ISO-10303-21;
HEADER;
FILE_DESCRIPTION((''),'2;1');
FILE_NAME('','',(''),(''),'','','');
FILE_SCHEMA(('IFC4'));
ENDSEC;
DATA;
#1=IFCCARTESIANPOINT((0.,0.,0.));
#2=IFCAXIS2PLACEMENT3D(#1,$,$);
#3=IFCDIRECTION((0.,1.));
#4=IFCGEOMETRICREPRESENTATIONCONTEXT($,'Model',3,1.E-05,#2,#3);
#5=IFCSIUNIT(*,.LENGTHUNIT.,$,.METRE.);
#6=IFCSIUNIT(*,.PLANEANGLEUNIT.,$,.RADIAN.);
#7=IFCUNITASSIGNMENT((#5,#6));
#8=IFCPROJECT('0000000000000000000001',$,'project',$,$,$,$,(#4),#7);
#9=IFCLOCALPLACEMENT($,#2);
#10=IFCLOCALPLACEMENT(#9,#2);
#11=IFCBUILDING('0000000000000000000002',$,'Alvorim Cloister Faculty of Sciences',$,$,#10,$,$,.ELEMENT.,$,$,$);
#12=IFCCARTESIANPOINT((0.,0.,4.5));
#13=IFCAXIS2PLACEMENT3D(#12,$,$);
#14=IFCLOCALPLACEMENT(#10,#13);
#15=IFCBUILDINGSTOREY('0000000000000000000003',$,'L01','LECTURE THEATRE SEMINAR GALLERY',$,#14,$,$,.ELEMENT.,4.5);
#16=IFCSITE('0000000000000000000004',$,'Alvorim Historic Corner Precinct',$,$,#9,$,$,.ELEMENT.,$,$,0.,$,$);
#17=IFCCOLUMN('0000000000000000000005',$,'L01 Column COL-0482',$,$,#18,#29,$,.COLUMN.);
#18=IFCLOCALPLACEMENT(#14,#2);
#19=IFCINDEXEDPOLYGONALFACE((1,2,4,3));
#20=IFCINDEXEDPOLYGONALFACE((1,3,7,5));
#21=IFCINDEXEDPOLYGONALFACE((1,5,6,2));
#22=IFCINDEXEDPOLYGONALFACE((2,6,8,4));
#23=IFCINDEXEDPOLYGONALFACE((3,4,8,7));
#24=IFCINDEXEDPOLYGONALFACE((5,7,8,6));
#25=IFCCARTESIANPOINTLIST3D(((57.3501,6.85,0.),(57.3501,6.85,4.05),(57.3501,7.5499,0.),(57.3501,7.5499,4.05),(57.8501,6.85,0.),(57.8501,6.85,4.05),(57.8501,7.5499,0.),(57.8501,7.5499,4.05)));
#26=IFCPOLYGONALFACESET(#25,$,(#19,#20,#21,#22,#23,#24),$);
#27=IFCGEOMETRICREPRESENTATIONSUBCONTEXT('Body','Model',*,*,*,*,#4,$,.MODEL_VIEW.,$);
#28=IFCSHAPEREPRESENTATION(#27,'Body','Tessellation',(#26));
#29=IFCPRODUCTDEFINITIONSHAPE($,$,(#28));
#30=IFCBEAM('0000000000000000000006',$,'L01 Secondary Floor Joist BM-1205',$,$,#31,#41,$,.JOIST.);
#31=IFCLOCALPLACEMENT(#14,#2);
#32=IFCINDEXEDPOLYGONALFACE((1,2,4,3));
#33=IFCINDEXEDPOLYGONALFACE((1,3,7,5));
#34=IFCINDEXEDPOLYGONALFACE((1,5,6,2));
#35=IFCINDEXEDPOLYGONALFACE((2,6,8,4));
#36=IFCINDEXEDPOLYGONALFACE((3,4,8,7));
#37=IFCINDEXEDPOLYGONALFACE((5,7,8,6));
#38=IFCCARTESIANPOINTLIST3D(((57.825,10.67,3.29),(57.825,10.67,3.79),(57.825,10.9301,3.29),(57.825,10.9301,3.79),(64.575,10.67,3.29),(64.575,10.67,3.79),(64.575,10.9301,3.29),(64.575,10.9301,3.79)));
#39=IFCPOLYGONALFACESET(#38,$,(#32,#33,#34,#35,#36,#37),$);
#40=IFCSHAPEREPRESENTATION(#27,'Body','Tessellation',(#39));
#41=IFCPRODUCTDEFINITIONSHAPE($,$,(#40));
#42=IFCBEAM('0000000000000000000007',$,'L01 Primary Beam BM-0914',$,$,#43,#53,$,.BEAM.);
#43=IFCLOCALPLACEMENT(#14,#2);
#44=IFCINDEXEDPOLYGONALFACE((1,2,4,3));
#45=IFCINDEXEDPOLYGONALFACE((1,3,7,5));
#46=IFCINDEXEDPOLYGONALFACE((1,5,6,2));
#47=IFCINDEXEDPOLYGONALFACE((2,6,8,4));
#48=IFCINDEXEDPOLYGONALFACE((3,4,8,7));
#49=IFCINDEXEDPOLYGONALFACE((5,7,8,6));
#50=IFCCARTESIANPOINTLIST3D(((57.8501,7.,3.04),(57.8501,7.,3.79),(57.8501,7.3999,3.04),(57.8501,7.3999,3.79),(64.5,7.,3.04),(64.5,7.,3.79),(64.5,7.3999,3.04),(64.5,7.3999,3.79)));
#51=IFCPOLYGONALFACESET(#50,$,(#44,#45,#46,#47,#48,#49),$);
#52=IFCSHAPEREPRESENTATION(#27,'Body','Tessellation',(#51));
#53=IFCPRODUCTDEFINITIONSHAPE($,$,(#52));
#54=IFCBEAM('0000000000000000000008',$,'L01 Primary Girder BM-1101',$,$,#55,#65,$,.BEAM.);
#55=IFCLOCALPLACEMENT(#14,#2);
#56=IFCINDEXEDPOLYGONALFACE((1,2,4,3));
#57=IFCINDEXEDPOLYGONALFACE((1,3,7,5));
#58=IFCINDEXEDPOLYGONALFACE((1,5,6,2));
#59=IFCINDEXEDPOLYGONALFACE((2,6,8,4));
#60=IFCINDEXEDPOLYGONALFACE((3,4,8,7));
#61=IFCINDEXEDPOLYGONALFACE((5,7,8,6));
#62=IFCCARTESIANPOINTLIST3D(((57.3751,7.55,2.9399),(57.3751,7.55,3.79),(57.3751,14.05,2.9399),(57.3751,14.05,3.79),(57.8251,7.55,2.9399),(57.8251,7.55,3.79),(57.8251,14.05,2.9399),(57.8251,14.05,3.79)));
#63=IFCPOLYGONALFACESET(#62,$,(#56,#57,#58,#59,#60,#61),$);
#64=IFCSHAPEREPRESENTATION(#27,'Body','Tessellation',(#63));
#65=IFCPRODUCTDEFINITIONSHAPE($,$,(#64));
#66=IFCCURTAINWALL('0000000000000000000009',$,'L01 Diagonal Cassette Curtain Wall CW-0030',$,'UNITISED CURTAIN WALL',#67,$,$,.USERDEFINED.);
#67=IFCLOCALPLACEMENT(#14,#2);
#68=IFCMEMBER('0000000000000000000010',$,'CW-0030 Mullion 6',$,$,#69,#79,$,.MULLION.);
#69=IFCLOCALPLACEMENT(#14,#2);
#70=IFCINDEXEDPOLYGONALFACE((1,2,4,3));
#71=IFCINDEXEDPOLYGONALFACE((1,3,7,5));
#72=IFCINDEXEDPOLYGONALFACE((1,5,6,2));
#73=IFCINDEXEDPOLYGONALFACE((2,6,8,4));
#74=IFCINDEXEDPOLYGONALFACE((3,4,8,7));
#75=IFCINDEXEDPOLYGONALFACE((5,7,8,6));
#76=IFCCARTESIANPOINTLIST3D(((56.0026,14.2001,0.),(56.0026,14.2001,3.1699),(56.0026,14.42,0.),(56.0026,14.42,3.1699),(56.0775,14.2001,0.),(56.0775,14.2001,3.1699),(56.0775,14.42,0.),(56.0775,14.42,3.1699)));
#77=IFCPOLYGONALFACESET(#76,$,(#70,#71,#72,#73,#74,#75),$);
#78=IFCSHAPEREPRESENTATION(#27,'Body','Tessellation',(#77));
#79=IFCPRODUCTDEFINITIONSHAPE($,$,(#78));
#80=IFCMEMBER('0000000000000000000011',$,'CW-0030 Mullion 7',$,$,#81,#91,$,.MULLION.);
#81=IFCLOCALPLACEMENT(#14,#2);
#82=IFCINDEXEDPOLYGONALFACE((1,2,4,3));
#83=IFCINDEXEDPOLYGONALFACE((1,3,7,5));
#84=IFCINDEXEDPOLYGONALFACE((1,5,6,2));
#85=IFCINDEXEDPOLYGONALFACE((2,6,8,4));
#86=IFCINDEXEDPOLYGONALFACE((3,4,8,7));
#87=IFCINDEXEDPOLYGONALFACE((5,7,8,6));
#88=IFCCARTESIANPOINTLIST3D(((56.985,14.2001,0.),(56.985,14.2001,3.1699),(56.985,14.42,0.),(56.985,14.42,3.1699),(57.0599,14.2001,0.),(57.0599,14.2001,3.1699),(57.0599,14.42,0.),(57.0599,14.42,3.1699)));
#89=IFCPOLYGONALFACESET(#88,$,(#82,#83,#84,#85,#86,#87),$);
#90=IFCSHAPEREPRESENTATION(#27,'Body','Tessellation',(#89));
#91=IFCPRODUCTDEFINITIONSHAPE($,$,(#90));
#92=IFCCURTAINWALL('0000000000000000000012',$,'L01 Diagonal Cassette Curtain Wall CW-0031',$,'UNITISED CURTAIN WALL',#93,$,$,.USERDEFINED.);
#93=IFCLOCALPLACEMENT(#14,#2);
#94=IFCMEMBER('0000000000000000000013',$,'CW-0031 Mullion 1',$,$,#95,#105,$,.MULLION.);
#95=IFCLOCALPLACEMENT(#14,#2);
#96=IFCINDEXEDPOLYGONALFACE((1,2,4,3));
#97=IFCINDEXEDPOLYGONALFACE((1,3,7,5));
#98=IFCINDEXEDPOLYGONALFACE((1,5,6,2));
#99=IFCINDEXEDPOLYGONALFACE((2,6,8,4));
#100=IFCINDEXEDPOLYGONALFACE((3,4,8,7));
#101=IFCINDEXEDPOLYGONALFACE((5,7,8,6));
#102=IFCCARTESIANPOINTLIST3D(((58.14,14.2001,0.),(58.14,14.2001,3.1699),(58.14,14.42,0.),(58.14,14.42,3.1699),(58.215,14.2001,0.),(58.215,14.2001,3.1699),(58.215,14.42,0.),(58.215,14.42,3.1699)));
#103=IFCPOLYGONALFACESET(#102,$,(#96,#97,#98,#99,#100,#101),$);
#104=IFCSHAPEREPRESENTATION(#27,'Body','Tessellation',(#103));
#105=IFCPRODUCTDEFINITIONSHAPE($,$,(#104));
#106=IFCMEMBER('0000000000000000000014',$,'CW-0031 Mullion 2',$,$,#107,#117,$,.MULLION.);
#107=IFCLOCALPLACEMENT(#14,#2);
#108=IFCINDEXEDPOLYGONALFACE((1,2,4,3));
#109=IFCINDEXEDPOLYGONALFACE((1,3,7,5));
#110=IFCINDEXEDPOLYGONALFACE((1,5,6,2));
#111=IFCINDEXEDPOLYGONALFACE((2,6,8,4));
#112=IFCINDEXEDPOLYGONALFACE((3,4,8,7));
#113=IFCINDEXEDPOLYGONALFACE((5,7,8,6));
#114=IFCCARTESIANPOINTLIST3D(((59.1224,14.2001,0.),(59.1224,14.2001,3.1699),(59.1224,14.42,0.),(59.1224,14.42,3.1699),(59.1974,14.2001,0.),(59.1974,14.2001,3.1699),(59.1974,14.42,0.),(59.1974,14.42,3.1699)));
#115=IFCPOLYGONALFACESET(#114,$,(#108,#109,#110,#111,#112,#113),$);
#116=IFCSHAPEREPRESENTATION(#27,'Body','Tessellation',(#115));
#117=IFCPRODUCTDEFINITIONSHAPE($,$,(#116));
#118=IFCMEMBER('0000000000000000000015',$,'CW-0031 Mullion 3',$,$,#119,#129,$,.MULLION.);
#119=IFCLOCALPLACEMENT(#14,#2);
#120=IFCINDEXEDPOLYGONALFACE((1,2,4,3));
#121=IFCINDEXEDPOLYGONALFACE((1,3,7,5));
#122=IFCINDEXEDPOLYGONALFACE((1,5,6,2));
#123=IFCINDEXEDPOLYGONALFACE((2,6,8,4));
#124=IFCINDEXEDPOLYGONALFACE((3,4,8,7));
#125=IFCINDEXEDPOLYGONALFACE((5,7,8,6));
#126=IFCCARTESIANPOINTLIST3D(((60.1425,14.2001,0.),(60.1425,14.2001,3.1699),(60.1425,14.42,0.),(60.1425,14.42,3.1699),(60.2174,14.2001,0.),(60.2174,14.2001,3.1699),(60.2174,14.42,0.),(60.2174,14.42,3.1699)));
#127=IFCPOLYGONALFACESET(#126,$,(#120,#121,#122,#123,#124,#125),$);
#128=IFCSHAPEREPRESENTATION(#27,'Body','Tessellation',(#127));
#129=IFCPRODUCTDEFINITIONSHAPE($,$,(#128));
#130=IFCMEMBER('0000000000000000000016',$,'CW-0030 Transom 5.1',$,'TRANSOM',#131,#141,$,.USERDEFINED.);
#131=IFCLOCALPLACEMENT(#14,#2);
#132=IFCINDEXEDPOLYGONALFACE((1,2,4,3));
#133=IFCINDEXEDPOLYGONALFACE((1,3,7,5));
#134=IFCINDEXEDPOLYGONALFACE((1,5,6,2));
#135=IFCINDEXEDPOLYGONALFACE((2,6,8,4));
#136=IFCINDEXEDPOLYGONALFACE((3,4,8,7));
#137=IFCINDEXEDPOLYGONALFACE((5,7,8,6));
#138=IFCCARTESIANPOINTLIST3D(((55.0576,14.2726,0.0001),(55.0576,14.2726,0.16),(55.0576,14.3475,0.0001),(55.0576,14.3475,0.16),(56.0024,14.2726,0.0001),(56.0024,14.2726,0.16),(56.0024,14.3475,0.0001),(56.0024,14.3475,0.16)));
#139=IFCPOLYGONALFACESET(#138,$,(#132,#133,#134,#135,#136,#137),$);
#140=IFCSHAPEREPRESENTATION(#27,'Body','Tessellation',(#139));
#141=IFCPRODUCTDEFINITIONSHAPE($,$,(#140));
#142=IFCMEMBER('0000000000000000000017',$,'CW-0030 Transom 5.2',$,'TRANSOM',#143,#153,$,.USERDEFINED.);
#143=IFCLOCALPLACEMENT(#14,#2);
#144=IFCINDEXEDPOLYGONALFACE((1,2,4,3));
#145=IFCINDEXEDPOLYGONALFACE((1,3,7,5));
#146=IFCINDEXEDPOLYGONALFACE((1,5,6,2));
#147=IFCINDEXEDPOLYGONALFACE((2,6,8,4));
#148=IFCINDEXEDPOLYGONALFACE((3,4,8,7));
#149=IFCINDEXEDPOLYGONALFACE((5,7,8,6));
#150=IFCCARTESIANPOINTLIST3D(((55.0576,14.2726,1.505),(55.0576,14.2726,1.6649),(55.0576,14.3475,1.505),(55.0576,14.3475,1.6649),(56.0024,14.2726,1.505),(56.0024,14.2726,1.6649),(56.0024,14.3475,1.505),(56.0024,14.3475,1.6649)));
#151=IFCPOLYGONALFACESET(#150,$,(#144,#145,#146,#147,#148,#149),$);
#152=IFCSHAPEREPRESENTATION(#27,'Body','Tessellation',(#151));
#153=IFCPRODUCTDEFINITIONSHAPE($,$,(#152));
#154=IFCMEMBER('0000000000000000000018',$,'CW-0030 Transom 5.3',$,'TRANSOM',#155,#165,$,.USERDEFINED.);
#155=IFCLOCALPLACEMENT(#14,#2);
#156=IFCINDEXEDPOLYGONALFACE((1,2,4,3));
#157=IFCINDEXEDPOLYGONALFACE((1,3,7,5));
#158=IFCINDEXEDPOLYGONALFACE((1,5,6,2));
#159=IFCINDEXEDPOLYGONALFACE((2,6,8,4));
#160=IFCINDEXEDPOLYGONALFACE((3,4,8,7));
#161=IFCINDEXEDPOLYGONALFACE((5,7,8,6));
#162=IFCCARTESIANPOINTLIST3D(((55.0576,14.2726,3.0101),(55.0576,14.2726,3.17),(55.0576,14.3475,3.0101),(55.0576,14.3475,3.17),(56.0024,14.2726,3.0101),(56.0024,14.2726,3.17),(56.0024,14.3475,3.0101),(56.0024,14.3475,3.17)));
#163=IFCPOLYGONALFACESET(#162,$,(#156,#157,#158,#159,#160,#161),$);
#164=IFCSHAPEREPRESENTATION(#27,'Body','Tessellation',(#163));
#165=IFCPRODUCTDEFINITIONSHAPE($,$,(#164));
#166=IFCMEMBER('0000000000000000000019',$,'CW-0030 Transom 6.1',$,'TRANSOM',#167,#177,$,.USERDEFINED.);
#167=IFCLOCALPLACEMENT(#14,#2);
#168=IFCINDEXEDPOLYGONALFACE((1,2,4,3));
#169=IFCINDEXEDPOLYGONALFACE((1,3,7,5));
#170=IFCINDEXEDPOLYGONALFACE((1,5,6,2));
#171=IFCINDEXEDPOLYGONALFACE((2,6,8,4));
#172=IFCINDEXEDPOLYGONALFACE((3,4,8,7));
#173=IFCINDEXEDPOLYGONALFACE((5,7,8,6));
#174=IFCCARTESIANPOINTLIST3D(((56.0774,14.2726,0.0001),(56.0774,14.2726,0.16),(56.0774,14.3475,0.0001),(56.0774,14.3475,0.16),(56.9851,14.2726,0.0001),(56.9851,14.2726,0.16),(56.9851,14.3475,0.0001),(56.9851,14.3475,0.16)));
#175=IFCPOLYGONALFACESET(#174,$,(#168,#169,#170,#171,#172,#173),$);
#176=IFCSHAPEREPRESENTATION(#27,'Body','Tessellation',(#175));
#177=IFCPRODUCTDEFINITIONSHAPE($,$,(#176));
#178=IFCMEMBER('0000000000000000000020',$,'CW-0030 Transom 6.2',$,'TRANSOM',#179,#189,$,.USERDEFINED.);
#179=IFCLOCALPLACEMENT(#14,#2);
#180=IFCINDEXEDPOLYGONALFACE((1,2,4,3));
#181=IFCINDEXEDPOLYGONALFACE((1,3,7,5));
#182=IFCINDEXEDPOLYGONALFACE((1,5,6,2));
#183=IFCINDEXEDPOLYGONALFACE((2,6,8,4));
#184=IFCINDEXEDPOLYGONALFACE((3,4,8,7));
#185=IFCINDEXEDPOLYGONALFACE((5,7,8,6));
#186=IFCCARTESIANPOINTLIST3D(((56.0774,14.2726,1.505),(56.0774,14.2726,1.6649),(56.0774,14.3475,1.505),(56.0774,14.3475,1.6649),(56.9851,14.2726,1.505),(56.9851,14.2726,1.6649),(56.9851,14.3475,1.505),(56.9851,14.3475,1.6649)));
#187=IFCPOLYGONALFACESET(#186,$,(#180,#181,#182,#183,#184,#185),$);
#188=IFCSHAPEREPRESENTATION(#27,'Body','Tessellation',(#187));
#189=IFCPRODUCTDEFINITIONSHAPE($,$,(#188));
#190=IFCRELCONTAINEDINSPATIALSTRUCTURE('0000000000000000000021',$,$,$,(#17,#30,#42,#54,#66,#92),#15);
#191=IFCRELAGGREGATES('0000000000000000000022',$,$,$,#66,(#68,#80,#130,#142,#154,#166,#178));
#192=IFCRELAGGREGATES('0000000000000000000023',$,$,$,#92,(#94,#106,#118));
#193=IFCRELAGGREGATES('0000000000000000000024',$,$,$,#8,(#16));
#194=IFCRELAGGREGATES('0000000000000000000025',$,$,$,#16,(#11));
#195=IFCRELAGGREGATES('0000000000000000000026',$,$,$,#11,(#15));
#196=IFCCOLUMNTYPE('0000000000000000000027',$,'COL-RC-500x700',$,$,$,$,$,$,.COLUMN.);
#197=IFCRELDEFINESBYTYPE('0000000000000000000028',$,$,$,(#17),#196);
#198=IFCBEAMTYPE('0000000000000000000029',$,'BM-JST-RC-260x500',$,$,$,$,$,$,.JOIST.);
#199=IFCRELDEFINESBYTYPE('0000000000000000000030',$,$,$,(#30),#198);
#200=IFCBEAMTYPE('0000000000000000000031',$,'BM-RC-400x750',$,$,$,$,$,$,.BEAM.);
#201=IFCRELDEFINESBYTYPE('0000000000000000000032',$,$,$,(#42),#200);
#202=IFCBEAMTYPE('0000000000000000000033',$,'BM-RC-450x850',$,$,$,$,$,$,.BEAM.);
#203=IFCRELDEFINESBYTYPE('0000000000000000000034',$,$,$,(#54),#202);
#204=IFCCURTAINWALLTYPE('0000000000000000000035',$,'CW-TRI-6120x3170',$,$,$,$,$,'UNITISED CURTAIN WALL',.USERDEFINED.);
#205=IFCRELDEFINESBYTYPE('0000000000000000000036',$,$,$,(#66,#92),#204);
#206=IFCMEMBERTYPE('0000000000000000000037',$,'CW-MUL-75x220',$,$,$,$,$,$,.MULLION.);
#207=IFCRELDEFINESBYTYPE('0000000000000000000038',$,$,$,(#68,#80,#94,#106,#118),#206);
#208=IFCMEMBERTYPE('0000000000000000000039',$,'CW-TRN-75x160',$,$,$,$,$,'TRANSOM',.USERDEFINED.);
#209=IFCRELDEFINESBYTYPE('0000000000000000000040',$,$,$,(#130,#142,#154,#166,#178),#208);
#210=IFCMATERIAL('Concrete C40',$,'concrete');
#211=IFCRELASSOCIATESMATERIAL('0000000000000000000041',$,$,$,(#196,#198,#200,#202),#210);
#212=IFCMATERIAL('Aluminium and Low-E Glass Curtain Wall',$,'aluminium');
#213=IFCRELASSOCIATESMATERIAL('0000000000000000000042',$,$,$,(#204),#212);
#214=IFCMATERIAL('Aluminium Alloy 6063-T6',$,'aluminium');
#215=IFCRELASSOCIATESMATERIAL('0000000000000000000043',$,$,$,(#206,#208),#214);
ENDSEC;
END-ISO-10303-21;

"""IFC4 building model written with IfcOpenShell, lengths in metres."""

from ifc_helpers import new_model, si_unit, direction, frame, origin, origin_2d, place, context, subcontext, project, spatial, rectangle, extrude, material, material_profile, profile_set, type_object, element, aggregate, save


model = new_model("IFC4")

# Units and contexts
model_context = context("Model", 3, precision=1e-05, world=origin(), true_north=direction((0.0, 1.0)))
body_context = subcontext(model_context, "Body", "Model", "MODEL_VIEW")
ifc_project = project(units=[si_unit("LENGTHUNIT", "METRE"), si_unit("PLANEANGLEUNIT", "RADIAN")], contexts=[model_context])

# Site, building, storey
site_placement = place(None, origin())
site = spatial("IfcSite", under=ifc_project, at=site_placement, Name="Alvorim Historic Corner Precinct", CompositionType="ELEMENT", RefElevation=0.0)
building_placement = place(site_placement, origin())
building = spatial("IfcBuilding", under=site, at=building_placement, Name="Alvorim Cloister Faculty of Sciences", CompositionType="ELEMENT")
storey_placement = place(building_placement, frame((0.0, 0.0, 4.5)))
storey = spatial("IfcBuildingStorey", under=building, at=storey_placement, Name="L01", Description="LECTURE THEATRE SEMINAR GALLERY", CompositionType="ELEMENT", Elevation=4.5)

# Column
ifc_material_1 = material(Name="Concrete C40", Category="concrete")
ifc_material_profile_1 = material_profile(ifc_material_1, rectangle(XDim=0.5, YDim=0.7, at=origin_2d()), Name="RC40-COL-500x700")
ifc_profile_set_1 = profile_set([ifc_material_profile_1], Name="Concrete C40")
column_type = type_object("IfcColumnType", Name="COL-RC-500x700", PredefinedType="COLUMN", material=ifc_profile_set_1)
column_placement = place(storey_placement, frame((57.6001, 7.2, 0.0), z_axis=(0.0, 0.0, 1.0), x_axis=(1.0, 0.0, 0.0)))
element("IfcColumn", 1, at=column_placement, inside=storey, type_object=column_type, Name="L01 Column COL-0482", PredefinedType="COLUMN", context=body_context, shape_type="SweptSolid", body=[
    extrude(rectangle(XDim=0.5, YDim=0.7, at=origin_2d()), origin(), (0.0, 0.0, 1.0), 4.05),
])

# Beams
ifc_material_profile_2 = material_profile(ifc_material_1, rectangle(XDim=0.26, YDim=0.5, at=origin_2d()), Name="RC40-JST-260x500")
ifc_profile_set_2 = profile_set([ifc_material_profile_2], Name="Concrete C40")
beam_type_1 = type_object("IfcBeamType", Name="BM-JST-RC-260x500", PredefinedType="JOIST", material=ifc_profile_set_2)
beam_1_placement = place(storey_placement, frame((57.825, 10.8, 3.54), z_axis=(1.0, 0.0, 0.0), x_axis=(0.0, 1.0, 0.0)))
element("IfcBeam", 2, at=beam_1_placement, inside=storey, type_object=beam_type_1, Name="L01 Secondary Floor Joist BM-1205", PredefinedType="JOIST", context=body_context, shape_type="SweptSolid", body=[
    extrude(rectangle(XDim=0.26, YDim=0.5, at=origin_2d()), origin(), (0.0, 0.0, 1.0), 6.75),
])
ifc_material_profile_3 = material_profile(ifc_material_1, rectangle(XDim=0.3999, YDim=0.75, at=origin_2d()), Name="RC40-BM-400x750")
ifc_profile_set_3 = profile_set([ifc_material_profile_3], Name="Concrete C40")
beam_type_2 = type_object("IfcBeamType", Name="BM-RC-400x750", PredefinedType="BEAM", material=ifc_profile_set_3)
beam_2_placement = place(storey_placement, frame((57.8501, 7.2, 3.415), z_axis=(1.0, 0.0, 0.0), x_axis=(0.0, 1.0, 0.0)))
element("IfcBeam", 3, at=beam_2_placement, inside=storey, type_object=beam_type_2, Name="L01 Primary Beam BM-0914", PredefinedType="BEAM", context=body_context, shape_type="SweptSolid", body=[
    extrude(rectangle(XDim=0.3999, YDim=0.75, at=origin_2d()), origin(), (0.0, 0.0, 1.0), 6.6499),
])
ifc_material_profile_4 = material_profile(ifc_material_1, rectangle(XDim=0.45, YDim=0.8501, at=origin_2d()), Name="RC40-BM-450x850")
ifc_profile_set_4 = profile_set([ifc_material_profile_4], Name="Concrete C40")
beam_type_3 = type_object("IfcBeamType", Name="BM-RC-450x850", PredefinedType="BEAM", material=ifc_profile_set_4)
beam_3_placement = place(storey_placement, frame((57.6001, 7.55, 3.365), z_axis=(0.0, 1.0, 0.0), x_axis=(-1.0, 0.0, 0.0)))
element("IfcBeam", 4, at=beam_3_placement, inside=storey, type_object=beam_type_3, Name="L01 Primary Girder BM-1101", PredefinedType="BEAM", context=body_context, shape_type="SweptSolid", body=[
    extrude(rectangle(XDim=0.45, YDim=0.8501, at=origin_2d()), origin(), (0.0, 0.0, 1.0), 6.5),
])

# Curtain walls, members
ifc_material_2 = material(Name="Aluminium and Low-E Glass Curtain Wall", Category="aluminium")
curtain_wall_type = type_object("IfcCurtainWallType", Name="CW-TRI-6120x3170", ElementType="UNITISED CURTAIN WALL", PredefinedType="USERDEFINED", material=ifc_material_2)
curtain_wall_1_placement = place(storey_placement, origin())
curtain_wall_1 = element("IfcCurtainWall", 5, at=curtain_wall_1_placement, inside=storey, type_object=curtain_wall_type, Name="L01 Diagonal Cassette Curtain Wall CW-0030", ObjectType="UNITISED CURTAIN WALL", PredefinedType="USERDEFINED")
ifc_material_3 = material(Name="Aluminium Alloy 6063-T6", Category="aluminium")
ifc_material_profile_5 = material_profile(ifc_material_3, rectangle(XDim=0.075, YDim=0.22, at=origin_2d()), Name="ALU-MUL-75x220")
ifc_profile_set_5 = profile_set([ifc_material_profile_5], Name="Aluminium Alloy 6063-T6")
member_type_1 = type_object("IfcMemberType", Name="CW-MUL-75x220", PredefinedType="MULLION", material=ifc_profile_set_5)
member_1_placement = place(storey_placement, frame((56.04, 14.3101, 0.0), z_axis=(0.0, 0.0, 1.0), x_axis=(1.0, 0.0, 0.0)))
member_1 = element("IfcMember", 6, at=member_1_placement, type_object=member_type_1, Name="CW-0030 Mullion 6", PredefinedType="MULLION", context=body_context, shape_type="SweptSolid", body=[
    extrude(rectangle(XDim=0.075, YDim=0.22, at=origin_2d()), origin(), (0.0, 0.0, 1.0), 3.1699),
])
member_2_placement = place(storey_placement, frame((57.0225, 14.3101, 0.0), z_axis=(0.0, 0.0, 1.0), x_axis=(1.0, 0.0, 0.0)))
member_2 = element("IfcMember", 7, at=member_2_placement, type_object=member_type_1, Name="CW-0030 Mullion 7", PredefinedType="MULLION", context=body_context, shape_type="SweptSolid", body=[
    extrude(rectangle(XDim=0.075, YDim=0.22, at=origin_2d()), origin(), (0.0, 0.0, 1.0), 3.1699),
])
curtain_wall_2_placement = place(storey_placement, origin())
curtain_wall_2 = element("IfcCurtainWall", 8, at=curtain_wall_2_placement, inside=storey, type_object=curtain_wall_type, Name="L01 Diagonal Cassette Curtain Wall CW-0031", ObjectType="UNITISED CURTAIN WALL", PredefinedType="USERDEFINED")
member_3_placement = place(storey_placement, frame((58.1775, 14.3101, 0.0), z_axis=(0.0, 0.0, 1.0), x_axis=(1.0, 0.0, 0.0)))
member_3 = element("IfcMember", 9, at=member_3_placement, type_object=member_type_1, Name="CW-0031 Mullion 1", PredefinedType="MULLION", context=body_context, shape_type="SweptSolid", body=[
    extrude(rectangle(XDim=0.075, YDim=0.22, at=origin_2d()), origin(), (0.0, 0.0, 1.0), 3.1699),
])
member_4_placement = place(storey_placement, frame((59.1599, 14.3101, 0.0), z_axis=(0.0, 0.0, 1.0), x_axis=(1.0, 0.0, 0.0)))
member_4 = element("IfcMember", 10, at=member_4_placement, type_object=member_type_1, Name="CW-0031 Mullion 2", PredefinedType="MULLION", context=body_context, shape_type="SweptSolid", body=[
    extrude(rectangle(XDim=0.075, YDim=0.22, at=origin_2d()), origin(), (0.0, 0.0, 1.0), 3.1699),
])
member_5_placement = place(storey_placement, frame((60.1799, 14.3101, 0.0), z_axis=(0.0, 0.0, 1.0), x_axis=(1.0, 0.0, 0.0)))
member_5 = element("IfcMember", 11, at=member_5_placement, type_object=member_type_1, Name="CW-0031 Mullion 3", PredefinedType="MULLION", context=body_context, shape_type="SweptSolid", body=[
    extrude(rectangle(XDim=0.075, YDim=0.22, at=origin_2d()), origin(), (0.0, 0.0, 1.0), 3.1699),
])

# Members
ifc_material_profile_6 = material_profile(ifc_material_3, rectangle(XDim=0.075, YDim=0.1599, at=origin_2d()), Name="ALU-TRN-75x160")
ifc_profile_set_6 = profile_set([ifc_material_profile_6], Name="Aluminium Alloy 6063-T6")
member_type_2 = type_object("IfcMemberType", Name="CW-TRN-75x160", ElementType="TRANSOM", PredefinedType="USERDEFINED", material=ifc_profile_set_6)
member_6_placement = place(storey_placement, frame((55.0576, 14.3101, 0.0801), z_axis=(1.0, 0.0, 0.0), x_axis=(0.0, 1.0, 0.0)))
member_6 = element("IfcMember", 12, at=member_6_placement, type_object=member_type_2, Name="CW-0030 Transom 5.1", ObjectType="TRANSOM", PredefinedType="USERDEFINED", context=body_context, shape_type="SweptSolid", body=[
    extrude(rectangle(XDim=0.075, YDim=0.1599, at=origin_2d()), origin(), (0.0, 0.0, 1.0), 0.9448),
])
member_7_placement = place(storey_placement, frame((55.0576, 14.3101, 1.585), z_axis=(1.0, 0.0, 0.0), x_axis=(0.0, 1.0, 0.0)))
member_7 = element("IfcMember", 13, at=member_7_placement, type_object=member_type_2, Name="CW-0030 Transom 5.2", ObjectType="TRANSOM", PredefinedType="USERDEFINED", context=body_context, shape_type="SweptSolid", body=[
    extrude(rectangle(XDim=0.075, YDim=0.1599, at=origin_2d()), origin(), (0.0, 0.0, 1.0), 0.9448),
])
member_8_placement = place(storey_placement, frame((55.0576, 14.3101, 3.0901), z_axis=(1.0, 0.0, 0.0), x_axis=(0.0, 1.0, 0.0)))
member_8 = element("IfcMember", 14, at=member_8_placement, type_object=member_type_2, Name="CW-0030 Transom 5.3", ObjectType="TRANSOM", PredefinedType="USERDEFINED", context=body_context, shape_type="SweptSolid", body=[
    extrude(rectangle(XDim=0.075, YDim=0.1599, at=origin_2d()), origin(), (0.0, 0.0, 1.0), 0.9448),
])
member_9_placement = place(storey_placement, frame((56.0774, 14.3101, 0.0801), z_axis=(1.0, 0.0, 0.0), x_axis=(0.0, 1.0, 0.0)))
member_9 = element("IfcMember", 15, at=member_9_placement, type_object=member_type_2, Name="CW-0030 Transom 6.1", ObjectType="TRANSOM", PredefinedType="USERDEFINED", context=body_context, shape_type="SweptSolid", body=[
    extrude(rectangle(XDim=0.075, YDim=0.1599, at=origin_2d()), origin(), (0.0, 0.0, 1.0), 0.9077),
])
member_10_placement = place(storey_placement, frame((56.0774, 14.3101, 1.585), z_axis=(1.0, 0.0, 0.0), x_axis=(0.0, 1.0, 0.0)))
member_10 = element("IfcMember", 16, at=member_10_placement, type_object=member_type_2, Name="CW-0030 Transom 6.2", ObjectType="TRANSOM", PredefinedType="USERDEFINED", context=body_context, shape_type="SweptSolid", body=[
    extrude(rectangle(XDim=0.075, YDim=0.1599, at=origin_2d()), origin(), (0.0, 0.0, 1.0), 0.9077),
])
aggregate(curtain_wall_1, [member_1, member_2, member_6, member_7, member_8, member_9, member_10])
aggregate(curtain_wall_2, [member_3, member_4, member_5])

save(model, "model.ifc")
